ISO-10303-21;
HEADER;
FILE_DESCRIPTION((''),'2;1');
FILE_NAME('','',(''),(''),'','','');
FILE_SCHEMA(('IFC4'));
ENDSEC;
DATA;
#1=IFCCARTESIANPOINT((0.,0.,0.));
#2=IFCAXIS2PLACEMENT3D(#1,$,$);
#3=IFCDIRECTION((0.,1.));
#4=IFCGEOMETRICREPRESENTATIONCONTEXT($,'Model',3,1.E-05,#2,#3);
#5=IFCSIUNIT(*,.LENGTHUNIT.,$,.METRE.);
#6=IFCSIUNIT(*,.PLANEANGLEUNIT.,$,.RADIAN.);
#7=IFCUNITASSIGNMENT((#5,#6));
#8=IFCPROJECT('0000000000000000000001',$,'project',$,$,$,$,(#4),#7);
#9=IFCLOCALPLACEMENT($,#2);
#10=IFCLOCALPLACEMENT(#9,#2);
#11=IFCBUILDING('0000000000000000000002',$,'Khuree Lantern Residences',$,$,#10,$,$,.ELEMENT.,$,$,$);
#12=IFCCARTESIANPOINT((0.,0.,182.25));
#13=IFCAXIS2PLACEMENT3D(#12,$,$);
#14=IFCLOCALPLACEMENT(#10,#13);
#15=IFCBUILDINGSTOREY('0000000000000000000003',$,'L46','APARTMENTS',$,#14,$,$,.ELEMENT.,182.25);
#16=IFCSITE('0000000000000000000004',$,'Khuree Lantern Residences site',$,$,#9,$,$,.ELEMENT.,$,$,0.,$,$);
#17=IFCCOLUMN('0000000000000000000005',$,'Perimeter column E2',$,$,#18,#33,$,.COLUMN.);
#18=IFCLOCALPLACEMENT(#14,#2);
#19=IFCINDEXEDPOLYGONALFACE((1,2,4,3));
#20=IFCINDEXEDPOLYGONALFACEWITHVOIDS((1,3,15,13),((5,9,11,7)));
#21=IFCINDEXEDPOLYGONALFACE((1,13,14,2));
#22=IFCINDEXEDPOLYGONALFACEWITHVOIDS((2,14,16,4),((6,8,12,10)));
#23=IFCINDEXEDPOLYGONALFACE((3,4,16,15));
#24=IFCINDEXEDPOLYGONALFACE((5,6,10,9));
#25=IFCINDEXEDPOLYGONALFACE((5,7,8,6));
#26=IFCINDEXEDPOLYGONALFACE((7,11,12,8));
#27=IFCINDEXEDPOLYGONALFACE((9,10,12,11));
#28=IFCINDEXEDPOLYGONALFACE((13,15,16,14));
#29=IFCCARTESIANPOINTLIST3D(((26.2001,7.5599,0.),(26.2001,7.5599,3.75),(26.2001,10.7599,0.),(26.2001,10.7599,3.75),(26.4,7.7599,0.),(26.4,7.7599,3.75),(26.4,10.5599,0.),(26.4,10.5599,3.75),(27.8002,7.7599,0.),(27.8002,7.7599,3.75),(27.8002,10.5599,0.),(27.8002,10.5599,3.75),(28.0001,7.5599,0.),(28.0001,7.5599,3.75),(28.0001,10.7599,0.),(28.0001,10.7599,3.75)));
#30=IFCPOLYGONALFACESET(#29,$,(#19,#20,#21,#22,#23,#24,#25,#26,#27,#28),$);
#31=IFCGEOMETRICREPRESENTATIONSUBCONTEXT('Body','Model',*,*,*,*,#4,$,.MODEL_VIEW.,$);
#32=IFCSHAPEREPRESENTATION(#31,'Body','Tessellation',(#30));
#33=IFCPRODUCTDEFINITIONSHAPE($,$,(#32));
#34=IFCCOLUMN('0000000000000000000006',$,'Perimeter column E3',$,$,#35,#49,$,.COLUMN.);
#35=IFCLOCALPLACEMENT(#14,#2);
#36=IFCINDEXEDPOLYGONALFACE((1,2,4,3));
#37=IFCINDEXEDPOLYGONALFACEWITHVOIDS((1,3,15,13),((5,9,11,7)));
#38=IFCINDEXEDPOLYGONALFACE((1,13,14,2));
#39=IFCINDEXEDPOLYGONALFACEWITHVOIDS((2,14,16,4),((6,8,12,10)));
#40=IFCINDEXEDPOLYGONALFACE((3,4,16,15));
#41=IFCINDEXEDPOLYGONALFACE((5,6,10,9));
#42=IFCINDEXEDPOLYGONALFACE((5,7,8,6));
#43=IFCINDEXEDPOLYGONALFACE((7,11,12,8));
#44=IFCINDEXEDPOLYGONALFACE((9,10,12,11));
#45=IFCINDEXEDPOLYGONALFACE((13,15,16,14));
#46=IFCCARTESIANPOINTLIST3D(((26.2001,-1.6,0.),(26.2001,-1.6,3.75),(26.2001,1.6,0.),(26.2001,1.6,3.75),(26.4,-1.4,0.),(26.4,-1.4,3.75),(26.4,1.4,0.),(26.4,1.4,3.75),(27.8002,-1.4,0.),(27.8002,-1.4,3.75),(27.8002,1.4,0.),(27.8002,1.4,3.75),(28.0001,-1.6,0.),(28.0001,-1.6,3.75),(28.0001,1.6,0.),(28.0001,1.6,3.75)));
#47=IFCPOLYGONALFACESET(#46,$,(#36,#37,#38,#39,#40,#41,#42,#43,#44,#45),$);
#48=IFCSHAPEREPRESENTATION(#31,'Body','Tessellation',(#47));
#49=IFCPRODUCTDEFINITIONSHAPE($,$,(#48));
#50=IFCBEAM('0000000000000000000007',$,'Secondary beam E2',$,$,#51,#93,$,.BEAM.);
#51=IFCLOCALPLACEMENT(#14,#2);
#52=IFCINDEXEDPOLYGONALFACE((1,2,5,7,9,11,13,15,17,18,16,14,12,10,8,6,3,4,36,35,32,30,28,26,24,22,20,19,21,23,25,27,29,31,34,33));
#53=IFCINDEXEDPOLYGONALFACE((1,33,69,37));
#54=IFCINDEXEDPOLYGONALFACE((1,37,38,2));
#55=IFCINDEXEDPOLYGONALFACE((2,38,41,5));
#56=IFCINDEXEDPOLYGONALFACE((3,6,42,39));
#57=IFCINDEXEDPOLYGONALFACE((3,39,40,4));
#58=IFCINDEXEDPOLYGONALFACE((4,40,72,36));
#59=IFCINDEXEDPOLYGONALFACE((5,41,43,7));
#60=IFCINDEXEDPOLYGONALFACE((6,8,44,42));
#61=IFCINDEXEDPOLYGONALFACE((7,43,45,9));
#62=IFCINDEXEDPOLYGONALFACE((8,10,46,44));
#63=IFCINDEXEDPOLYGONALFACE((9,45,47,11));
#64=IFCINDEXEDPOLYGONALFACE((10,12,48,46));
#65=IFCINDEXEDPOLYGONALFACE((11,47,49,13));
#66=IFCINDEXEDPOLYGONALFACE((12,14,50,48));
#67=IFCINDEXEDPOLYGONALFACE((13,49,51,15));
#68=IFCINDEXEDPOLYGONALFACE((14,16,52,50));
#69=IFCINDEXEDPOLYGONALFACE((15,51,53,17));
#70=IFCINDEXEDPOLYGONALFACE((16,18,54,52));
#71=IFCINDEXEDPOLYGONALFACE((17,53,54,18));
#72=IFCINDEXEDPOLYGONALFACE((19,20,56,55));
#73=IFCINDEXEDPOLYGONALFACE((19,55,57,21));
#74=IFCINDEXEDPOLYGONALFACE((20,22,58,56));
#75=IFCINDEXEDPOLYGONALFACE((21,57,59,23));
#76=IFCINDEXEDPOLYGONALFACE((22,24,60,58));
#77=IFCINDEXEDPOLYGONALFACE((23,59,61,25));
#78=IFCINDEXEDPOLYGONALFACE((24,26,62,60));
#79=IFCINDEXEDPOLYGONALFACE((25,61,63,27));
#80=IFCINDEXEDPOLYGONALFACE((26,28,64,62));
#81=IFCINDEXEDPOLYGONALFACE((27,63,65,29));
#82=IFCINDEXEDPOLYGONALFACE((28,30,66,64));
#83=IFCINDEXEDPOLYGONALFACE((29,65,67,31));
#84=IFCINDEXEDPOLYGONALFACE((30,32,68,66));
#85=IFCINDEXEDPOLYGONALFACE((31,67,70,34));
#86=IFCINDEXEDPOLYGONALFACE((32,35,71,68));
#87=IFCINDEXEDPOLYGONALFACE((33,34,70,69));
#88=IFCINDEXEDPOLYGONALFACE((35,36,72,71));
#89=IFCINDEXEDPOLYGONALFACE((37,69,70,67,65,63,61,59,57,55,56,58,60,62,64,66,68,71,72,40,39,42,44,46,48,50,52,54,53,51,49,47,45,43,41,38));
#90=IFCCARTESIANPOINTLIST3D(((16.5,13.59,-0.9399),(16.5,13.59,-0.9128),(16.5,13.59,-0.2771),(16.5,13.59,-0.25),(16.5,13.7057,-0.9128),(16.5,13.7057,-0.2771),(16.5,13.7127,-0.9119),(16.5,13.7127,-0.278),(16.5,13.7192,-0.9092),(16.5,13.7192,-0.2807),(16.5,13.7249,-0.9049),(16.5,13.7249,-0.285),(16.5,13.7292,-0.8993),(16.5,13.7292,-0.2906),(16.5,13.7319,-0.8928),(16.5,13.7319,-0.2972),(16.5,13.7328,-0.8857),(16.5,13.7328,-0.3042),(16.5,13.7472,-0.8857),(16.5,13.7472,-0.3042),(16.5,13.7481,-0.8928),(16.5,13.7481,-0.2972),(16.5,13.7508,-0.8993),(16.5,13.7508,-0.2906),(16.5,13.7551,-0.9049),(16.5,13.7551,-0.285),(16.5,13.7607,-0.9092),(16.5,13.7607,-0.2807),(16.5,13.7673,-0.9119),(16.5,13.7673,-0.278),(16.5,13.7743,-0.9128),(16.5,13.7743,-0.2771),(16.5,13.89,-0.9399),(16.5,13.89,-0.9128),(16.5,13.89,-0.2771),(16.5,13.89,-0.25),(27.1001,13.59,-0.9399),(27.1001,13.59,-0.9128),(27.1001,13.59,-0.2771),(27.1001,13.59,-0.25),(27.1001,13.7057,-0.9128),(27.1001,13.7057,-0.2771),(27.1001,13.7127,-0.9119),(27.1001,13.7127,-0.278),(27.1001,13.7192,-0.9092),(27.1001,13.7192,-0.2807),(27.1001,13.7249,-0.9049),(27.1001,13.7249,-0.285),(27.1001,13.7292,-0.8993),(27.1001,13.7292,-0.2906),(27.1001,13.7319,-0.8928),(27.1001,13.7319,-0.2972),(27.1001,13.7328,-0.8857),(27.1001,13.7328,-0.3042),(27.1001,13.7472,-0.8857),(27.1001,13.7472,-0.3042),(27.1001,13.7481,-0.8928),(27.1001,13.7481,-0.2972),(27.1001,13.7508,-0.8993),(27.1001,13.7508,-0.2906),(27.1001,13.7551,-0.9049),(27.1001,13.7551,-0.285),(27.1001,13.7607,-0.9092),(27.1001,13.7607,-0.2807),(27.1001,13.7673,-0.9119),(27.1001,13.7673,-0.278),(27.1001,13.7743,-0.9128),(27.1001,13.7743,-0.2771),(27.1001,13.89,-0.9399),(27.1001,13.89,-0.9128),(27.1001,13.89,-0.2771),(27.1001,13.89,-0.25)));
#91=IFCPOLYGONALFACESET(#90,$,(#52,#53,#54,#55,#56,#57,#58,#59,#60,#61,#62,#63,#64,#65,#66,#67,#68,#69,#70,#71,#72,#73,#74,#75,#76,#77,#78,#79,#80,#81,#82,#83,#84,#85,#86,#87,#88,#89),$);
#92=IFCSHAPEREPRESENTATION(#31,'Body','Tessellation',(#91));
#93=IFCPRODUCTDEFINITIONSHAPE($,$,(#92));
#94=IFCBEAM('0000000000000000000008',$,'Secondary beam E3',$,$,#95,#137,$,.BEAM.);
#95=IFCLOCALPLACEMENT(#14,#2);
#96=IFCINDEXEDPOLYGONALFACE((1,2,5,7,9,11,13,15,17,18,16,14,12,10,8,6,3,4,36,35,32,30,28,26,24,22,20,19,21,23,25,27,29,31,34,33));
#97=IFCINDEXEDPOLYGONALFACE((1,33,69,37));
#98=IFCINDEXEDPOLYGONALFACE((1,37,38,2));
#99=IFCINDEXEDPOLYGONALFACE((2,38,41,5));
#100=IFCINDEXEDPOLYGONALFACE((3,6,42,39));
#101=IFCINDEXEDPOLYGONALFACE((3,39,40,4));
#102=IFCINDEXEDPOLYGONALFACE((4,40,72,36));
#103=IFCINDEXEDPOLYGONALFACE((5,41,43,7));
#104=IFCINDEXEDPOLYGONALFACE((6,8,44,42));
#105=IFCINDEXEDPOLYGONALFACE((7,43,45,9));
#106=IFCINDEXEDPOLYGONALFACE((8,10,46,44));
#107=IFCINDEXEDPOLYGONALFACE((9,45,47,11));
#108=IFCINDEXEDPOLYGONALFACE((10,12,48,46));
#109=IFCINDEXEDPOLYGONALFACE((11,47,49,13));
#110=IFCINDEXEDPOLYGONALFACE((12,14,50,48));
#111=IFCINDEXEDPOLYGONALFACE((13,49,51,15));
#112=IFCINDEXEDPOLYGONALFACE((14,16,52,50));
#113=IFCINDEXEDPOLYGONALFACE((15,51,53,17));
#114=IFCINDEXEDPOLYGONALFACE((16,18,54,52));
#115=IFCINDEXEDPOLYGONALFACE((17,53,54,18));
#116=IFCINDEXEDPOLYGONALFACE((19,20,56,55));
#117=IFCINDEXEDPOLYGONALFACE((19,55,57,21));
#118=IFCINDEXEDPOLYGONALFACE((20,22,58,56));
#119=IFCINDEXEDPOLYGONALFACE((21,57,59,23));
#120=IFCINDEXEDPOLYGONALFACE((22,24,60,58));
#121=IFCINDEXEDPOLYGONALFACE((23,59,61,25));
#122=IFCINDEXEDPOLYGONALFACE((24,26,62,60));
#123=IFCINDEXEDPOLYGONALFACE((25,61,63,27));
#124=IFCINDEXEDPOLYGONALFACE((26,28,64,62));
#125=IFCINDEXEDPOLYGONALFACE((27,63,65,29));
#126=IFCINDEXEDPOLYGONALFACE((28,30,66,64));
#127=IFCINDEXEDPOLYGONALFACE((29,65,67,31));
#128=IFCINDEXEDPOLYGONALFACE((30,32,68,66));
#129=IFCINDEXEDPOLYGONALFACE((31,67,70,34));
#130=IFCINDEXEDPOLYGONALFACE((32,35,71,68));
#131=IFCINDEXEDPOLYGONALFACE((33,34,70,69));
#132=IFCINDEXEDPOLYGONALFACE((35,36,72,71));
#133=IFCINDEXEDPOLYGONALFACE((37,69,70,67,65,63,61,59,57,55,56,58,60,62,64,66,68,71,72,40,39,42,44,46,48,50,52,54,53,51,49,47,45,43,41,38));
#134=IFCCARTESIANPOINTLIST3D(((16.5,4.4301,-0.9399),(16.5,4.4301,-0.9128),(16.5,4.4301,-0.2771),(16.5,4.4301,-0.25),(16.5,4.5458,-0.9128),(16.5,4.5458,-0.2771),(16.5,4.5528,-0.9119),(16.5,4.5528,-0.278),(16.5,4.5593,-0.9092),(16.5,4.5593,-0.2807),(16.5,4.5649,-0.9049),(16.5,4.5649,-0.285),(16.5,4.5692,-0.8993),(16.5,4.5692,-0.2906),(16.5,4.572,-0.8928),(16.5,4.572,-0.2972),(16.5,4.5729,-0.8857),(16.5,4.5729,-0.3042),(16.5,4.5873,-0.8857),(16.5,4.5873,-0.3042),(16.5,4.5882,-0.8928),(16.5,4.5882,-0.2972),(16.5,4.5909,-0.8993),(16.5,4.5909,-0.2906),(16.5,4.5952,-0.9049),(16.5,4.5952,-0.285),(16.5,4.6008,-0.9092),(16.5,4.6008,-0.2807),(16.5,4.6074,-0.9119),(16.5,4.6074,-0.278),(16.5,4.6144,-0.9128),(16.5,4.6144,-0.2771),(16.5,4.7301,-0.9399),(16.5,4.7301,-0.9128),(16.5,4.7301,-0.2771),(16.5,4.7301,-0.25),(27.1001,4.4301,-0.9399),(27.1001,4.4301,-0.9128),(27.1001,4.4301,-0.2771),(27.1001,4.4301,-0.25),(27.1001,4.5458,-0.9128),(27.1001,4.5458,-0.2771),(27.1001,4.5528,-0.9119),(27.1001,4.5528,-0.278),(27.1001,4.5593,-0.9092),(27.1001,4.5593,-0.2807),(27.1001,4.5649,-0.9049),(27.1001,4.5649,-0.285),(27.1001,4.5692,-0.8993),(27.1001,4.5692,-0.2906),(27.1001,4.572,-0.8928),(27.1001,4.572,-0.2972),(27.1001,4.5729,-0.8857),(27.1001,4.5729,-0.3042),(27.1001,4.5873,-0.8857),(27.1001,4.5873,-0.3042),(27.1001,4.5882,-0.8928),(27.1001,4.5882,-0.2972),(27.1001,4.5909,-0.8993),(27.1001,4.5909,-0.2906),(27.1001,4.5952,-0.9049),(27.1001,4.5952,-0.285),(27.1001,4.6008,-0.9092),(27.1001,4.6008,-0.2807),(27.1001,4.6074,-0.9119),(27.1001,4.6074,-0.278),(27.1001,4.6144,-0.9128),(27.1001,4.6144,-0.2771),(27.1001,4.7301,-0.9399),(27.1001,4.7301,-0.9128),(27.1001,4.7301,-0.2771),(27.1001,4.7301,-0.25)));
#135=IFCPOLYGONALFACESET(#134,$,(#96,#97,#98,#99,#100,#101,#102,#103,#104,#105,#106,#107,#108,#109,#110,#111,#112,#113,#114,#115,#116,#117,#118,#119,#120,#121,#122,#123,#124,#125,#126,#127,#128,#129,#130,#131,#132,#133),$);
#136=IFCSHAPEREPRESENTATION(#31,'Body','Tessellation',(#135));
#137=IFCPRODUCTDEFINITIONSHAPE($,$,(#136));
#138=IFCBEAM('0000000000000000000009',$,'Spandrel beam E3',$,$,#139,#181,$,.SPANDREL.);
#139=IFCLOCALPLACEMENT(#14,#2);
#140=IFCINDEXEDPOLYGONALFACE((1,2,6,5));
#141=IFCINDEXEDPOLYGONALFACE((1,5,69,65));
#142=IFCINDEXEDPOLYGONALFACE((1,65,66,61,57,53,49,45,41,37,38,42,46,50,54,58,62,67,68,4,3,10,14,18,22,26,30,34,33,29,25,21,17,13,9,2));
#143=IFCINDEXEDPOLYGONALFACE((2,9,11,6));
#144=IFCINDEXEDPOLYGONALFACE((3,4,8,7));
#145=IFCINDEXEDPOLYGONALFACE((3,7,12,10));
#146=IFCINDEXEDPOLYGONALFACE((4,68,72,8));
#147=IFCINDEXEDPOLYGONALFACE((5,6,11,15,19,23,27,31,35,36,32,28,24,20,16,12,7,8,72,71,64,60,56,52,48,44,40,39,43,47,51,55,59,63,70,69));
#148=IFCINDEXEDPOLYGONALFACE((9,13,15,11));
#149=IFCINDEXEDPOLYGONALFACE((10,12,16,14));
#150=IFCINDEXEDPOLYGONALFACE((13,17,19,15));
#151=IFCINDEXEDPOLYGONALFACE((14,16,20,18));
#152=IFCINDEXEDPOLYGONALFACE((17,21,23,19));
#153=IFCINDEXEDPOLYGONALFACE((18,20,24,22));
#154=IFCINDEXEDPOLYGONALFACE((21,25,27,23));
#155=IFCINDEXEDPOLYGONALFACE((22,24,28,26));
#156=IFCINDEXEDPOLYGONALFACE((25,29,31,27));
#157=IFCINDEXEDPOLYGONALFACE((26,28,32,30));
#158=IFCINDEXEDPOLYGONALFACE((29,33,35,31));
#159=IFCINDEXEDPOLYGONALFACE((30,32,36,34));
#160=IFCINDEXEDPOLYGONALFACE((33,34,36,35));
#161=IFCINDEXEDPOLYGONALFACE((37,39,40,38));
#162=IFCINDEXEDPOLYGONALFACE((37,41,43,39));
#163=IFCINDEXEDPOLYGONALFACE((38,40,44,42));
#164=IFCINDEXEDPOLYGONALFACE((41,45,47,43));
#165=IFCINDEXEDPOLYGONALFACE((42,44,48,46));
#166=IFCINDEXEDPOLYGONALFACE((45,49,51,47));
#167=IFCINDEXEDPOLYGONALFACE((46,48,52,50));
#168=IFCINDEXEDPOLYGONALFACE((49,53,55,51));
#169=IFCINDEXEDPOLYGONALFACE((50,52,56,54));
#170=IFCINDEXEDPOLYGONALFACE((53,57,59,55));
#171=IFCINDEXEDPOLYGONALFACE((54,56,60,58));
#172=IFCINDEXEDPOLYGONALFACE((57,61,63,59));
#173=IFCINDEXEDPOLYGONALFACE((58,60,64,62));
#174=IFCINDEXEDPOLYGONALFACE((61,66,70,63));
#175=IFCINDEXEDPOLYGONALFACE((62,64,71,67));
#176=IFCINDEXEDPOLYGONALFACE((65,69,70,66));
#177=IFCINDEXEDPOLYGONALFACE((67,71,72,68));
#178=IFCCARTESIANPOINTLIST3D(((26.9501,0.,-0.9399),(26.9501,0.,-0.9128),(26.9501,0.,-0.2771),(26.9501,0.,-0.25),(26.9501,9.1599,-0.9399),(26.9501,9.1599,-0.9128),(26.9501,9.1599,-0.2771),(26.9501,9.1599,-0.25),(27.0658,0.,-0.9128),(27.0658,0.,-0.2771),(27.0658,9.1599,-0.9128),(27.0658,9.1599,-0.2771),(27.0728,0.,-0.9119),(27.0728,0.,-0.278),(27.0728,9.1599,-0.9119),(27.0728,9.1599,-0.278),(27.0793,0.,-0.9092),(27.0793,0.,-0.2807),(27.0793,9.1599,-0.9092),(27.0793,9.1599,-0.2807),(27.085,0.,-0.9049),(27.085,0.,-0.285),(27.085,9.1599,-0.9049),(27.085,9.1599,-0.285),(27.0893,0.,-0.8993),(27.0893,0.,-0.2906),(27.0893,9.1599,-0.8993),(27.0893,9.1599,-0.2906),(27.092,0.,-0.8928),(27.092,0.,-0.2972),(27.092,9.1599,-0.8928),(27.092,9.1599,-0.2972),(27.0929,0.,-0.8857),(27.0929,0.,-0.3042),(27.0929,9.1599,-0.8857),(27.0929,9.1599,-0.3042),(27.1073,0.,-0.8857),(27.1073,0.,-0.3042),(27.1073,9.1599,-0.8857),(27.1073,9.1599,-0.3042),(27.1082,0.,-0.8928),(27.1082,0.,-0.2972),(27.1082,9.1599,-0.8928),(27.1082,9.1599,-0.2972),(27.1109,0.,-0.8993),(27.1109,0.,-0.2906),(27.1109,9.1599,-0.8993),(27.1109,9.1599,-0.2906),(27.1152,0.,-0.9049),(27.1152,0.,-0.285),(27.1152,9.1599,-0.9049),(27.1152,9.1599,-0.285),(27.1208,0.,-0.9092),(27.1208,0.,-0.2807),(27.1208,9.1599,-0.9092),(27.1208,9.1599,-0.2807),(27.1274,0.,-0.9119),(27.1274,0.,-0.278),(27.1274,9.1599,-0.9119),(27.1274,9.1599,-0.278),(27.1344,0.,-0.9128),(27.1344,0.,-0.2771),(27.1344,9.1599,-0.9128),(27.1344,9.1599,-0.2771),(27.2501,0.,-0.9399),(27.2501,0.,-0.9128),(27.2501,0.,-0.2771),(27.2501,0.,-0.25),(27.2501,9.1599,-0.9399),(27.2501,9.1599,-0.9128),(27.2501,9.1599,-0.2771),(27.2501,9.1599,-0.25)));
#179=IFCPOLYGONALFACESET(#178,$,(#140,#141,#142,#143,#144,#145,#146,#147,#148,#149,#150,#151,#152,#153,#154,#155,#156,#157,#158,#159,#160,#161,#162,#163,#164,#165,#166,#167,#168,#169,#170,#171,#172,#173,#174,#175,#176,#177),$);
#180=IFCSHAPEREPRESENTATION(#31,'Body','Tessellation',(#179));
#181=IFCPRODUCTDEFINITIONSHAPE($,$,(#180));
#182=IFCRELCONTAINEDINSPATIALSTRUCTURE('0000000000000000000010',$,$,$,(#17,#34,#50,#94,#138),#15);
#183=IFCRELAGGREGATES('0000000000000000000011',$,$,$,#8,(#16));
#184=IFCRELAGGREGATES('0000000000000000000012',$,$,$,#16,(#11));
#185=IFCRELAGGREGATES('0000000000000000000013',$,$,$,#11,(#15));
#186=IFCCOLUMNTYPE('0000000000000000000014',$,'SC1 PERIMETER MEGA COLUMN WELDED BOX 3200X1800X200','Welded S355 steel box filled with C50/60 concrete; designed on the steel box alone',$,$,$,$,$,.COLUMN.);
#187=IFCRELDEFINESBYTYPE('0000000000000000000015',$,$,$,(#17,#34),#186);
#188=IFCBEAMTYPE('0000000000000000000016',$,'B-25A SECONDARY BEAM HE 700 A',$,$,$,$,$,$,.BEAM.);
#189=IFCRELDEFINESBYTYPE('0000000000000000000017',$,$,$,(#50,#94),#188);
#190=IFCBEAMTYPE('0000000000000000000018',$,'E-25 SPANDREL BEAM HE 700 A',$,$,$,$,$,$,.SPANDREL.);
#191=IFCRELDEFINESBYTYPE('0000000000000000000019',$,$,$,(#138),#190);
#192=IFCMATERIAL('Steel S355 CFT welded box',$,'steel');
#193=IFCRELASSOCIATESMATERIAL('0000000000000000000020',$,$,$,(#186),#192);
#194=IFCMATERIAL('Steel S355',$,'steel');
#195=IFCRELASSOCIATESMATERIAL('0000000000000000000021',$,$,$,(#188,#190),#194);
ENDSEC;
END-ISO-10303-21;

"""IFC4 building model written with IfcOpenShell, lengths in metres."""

from ifc_helpers import new_model, si_unit, direction, frame, origin, origin_2d, place, context, subcontext, project, spatial, hollow_rectangle, i_section, extrude, material, material_profile, profile_set, type_object, element, save


model = new_model("IFC4")

# Units and contexts
model_context = context("Model", 3, precision=1e-05, world=origin(), true_north=direction((0.0, 1.0)))
body_context = subcontext(model_context, "Body", "Model", "MODEL_VIEW")
ifc_project = project(units=[si_unit("LENGTHUNIT", "METRE"), si_unit("PLANEANGLEUNIT", "RADIAN")], contexts=[model_context])

# Site, building, storey
site_placement = place(None, origin())
site = spatial("IfcSite", under=ifc_project, at=site_placement, Name="Khuree Lantern Residences site", CompositionType="ELEMENT", RefElevation=0.0)
building_placement = place(site_placement, origin())
building = spatial("IfcBuilding", under=site, at=building_placement, Name="Khuree Lantern Residences", CompositionType="ELEMENT")
storey_placement = place(building_placement, frame((0.0, 0.0, 182.25)))
storey = spatial("IfcBuildingStorey", under=building, at=storey_placement, Name="L46", Description="APARTMENTS", CompositionType="ELEMENT", Elevation=182.25)

# Columns
ifc_material_1 = material(Name="Steel S355 CFT welded box", Category="steel")
ifc_material_profile_1 = material_profile(ifc_material_1, hollow_rectangle(XDim=3.2, YDim=1.8, WallThickness=0.2, at=origin_2d()), Name="WELDED BOX 3200X1800X200")
ifc_profile_set_1 = profile_set([ifc_material_profile_1], Name="Steel S355 CFT welded box")
column_type = type_object("IfcColumnType", Name="SC1 PERIMETER MEGA COLUMN WELDED BOX 3200X1800X200", Description="Welded S355 steel box filled with C50/60 concrete; designed on the steel box alone", PredefinedType="COLUMN", material=ifc_profile_set_1)
for number, where, z_axis, x_axis, name in (
    (1, (27.1001, 9.1599, 0.0), (0.0, 0.0, 1.0), (0.0, 1.0, 0.0), "Perimeter column E2"),
    (2, (27.1001, 0.0, 0.0), (0.0, 0.0, 1.0), (0.0, 1.0, 0.0), "Perimeter column E3"),
):
    element("IfcColumn", number, at=place(storey_placement, frame(where, z_axis=z_axis, x_axis=x_axis)), inside=storey, type_object=column_type, Name=name, PredefinedType="COLUMN", context=body_context, shape_type="SweptSolid", body=[
        extrude(hollow_rectangle(XDim=3.2, YDim=1.8, WallThickness=0.2, at=origin_2d()), origin(), (0.0, 0.0, 1.0), 3.75),
    ])

# Beams
ifc_material_2 = material(Name="Steel S355", Category="steel")
ifc_material_profile_2 = material_profile(ifc_material_2, i_section(OverallWidth=0.3, OverallDepth=0.6899, WebThickness=0.0144, FlangeThickness=0.0271, FilletRadius=0.0271, at=origin_2d()), Name="HE 700 A")
ifc_profile_set_2 = profile_set([ifc_material_profile_2], Name="Steel S355")
beam_type_1 = type_object("IfcBeamType", Name="B-25A SECONDARY BEAM HE 700 A", PredefinedType="BEAM", material=ifc_profile_set_2)
for number, where, z_axis, x_axis, name in (
    (3, (27.1001, 13.74, -0.595), (-1.0, 0.0, 0.0), (0.0, -1.0, 0.0), "Secondary beam E2"),
    (4, (27.1001, 4.5801, -0.595), (-1.0, 0.0, 0.0), (0.0, -1.0, 0.0), "Secondary beam E3"),
):
    element("IfcBeam", number, at=place(storey_placement, frame(where, z_axis=z_axis, x_axis=x_axis)), inside=storey, type_object=beam_type_1, Name=name, PredefinedType="BEAM", context=body_context, shape_type="SweptSolid", body=[
        extrude(i_section(OverallWidth=0.3, OverallDepth=0.6899, WebThickness=0.0144, FlangeThickness=0.0271, FilletRadius=0.0271, at=origin_2d()), origin(), (0.0, 0.0, 1.0), 10.6001),
    ])
ifc_material_profile_3 = material_profile(ifc_material_2, i_section(OverallWidth=0.3, OverallDepth=0.6899, WebThickness=0.0144, FlangeThickness=0.0271, FilletRadius=0.0271, at=origin_2d()), Name="HE 700 A")
ifc_profile_set_3 = profile_set([ifc_material_profile_3], Name="Steel S355")
beam_type_2 = type_object("IfcBeamType", Name="E-25 SPANDREL BEAM HE 700 A", PredefinedType="SPANDREL", material=ifc_profile_set_3)
for number, where, z_axis, x_axis, name in (
    (5, (27.1001, 9.1599, -0.595), (0.0, -1.0, 0.0), (1.0, 0.0, 0.0), "Spandrel beam E3"),
):
    element("IfcBeam", number, at=place(storey_placement, frame(where, z_axis=z_axis, x_axis=x_axis)), inside=storey, type_object=beam_type_2, Name=name, PredefinedType="SPANDREL", context=body_context, shape_type="SweptSolid", body=[
        extrude(i_section(OverallWidth=0.3, OverallDepth=0.6899, WebThickness=0.0144, FlangeThickness=0.0271, FilletRadius=0.0271, at=origin_2d()), origin(), (0.0, 0.0, 1.0), 9.1599),
    ])

save(model, "model.ifc")
